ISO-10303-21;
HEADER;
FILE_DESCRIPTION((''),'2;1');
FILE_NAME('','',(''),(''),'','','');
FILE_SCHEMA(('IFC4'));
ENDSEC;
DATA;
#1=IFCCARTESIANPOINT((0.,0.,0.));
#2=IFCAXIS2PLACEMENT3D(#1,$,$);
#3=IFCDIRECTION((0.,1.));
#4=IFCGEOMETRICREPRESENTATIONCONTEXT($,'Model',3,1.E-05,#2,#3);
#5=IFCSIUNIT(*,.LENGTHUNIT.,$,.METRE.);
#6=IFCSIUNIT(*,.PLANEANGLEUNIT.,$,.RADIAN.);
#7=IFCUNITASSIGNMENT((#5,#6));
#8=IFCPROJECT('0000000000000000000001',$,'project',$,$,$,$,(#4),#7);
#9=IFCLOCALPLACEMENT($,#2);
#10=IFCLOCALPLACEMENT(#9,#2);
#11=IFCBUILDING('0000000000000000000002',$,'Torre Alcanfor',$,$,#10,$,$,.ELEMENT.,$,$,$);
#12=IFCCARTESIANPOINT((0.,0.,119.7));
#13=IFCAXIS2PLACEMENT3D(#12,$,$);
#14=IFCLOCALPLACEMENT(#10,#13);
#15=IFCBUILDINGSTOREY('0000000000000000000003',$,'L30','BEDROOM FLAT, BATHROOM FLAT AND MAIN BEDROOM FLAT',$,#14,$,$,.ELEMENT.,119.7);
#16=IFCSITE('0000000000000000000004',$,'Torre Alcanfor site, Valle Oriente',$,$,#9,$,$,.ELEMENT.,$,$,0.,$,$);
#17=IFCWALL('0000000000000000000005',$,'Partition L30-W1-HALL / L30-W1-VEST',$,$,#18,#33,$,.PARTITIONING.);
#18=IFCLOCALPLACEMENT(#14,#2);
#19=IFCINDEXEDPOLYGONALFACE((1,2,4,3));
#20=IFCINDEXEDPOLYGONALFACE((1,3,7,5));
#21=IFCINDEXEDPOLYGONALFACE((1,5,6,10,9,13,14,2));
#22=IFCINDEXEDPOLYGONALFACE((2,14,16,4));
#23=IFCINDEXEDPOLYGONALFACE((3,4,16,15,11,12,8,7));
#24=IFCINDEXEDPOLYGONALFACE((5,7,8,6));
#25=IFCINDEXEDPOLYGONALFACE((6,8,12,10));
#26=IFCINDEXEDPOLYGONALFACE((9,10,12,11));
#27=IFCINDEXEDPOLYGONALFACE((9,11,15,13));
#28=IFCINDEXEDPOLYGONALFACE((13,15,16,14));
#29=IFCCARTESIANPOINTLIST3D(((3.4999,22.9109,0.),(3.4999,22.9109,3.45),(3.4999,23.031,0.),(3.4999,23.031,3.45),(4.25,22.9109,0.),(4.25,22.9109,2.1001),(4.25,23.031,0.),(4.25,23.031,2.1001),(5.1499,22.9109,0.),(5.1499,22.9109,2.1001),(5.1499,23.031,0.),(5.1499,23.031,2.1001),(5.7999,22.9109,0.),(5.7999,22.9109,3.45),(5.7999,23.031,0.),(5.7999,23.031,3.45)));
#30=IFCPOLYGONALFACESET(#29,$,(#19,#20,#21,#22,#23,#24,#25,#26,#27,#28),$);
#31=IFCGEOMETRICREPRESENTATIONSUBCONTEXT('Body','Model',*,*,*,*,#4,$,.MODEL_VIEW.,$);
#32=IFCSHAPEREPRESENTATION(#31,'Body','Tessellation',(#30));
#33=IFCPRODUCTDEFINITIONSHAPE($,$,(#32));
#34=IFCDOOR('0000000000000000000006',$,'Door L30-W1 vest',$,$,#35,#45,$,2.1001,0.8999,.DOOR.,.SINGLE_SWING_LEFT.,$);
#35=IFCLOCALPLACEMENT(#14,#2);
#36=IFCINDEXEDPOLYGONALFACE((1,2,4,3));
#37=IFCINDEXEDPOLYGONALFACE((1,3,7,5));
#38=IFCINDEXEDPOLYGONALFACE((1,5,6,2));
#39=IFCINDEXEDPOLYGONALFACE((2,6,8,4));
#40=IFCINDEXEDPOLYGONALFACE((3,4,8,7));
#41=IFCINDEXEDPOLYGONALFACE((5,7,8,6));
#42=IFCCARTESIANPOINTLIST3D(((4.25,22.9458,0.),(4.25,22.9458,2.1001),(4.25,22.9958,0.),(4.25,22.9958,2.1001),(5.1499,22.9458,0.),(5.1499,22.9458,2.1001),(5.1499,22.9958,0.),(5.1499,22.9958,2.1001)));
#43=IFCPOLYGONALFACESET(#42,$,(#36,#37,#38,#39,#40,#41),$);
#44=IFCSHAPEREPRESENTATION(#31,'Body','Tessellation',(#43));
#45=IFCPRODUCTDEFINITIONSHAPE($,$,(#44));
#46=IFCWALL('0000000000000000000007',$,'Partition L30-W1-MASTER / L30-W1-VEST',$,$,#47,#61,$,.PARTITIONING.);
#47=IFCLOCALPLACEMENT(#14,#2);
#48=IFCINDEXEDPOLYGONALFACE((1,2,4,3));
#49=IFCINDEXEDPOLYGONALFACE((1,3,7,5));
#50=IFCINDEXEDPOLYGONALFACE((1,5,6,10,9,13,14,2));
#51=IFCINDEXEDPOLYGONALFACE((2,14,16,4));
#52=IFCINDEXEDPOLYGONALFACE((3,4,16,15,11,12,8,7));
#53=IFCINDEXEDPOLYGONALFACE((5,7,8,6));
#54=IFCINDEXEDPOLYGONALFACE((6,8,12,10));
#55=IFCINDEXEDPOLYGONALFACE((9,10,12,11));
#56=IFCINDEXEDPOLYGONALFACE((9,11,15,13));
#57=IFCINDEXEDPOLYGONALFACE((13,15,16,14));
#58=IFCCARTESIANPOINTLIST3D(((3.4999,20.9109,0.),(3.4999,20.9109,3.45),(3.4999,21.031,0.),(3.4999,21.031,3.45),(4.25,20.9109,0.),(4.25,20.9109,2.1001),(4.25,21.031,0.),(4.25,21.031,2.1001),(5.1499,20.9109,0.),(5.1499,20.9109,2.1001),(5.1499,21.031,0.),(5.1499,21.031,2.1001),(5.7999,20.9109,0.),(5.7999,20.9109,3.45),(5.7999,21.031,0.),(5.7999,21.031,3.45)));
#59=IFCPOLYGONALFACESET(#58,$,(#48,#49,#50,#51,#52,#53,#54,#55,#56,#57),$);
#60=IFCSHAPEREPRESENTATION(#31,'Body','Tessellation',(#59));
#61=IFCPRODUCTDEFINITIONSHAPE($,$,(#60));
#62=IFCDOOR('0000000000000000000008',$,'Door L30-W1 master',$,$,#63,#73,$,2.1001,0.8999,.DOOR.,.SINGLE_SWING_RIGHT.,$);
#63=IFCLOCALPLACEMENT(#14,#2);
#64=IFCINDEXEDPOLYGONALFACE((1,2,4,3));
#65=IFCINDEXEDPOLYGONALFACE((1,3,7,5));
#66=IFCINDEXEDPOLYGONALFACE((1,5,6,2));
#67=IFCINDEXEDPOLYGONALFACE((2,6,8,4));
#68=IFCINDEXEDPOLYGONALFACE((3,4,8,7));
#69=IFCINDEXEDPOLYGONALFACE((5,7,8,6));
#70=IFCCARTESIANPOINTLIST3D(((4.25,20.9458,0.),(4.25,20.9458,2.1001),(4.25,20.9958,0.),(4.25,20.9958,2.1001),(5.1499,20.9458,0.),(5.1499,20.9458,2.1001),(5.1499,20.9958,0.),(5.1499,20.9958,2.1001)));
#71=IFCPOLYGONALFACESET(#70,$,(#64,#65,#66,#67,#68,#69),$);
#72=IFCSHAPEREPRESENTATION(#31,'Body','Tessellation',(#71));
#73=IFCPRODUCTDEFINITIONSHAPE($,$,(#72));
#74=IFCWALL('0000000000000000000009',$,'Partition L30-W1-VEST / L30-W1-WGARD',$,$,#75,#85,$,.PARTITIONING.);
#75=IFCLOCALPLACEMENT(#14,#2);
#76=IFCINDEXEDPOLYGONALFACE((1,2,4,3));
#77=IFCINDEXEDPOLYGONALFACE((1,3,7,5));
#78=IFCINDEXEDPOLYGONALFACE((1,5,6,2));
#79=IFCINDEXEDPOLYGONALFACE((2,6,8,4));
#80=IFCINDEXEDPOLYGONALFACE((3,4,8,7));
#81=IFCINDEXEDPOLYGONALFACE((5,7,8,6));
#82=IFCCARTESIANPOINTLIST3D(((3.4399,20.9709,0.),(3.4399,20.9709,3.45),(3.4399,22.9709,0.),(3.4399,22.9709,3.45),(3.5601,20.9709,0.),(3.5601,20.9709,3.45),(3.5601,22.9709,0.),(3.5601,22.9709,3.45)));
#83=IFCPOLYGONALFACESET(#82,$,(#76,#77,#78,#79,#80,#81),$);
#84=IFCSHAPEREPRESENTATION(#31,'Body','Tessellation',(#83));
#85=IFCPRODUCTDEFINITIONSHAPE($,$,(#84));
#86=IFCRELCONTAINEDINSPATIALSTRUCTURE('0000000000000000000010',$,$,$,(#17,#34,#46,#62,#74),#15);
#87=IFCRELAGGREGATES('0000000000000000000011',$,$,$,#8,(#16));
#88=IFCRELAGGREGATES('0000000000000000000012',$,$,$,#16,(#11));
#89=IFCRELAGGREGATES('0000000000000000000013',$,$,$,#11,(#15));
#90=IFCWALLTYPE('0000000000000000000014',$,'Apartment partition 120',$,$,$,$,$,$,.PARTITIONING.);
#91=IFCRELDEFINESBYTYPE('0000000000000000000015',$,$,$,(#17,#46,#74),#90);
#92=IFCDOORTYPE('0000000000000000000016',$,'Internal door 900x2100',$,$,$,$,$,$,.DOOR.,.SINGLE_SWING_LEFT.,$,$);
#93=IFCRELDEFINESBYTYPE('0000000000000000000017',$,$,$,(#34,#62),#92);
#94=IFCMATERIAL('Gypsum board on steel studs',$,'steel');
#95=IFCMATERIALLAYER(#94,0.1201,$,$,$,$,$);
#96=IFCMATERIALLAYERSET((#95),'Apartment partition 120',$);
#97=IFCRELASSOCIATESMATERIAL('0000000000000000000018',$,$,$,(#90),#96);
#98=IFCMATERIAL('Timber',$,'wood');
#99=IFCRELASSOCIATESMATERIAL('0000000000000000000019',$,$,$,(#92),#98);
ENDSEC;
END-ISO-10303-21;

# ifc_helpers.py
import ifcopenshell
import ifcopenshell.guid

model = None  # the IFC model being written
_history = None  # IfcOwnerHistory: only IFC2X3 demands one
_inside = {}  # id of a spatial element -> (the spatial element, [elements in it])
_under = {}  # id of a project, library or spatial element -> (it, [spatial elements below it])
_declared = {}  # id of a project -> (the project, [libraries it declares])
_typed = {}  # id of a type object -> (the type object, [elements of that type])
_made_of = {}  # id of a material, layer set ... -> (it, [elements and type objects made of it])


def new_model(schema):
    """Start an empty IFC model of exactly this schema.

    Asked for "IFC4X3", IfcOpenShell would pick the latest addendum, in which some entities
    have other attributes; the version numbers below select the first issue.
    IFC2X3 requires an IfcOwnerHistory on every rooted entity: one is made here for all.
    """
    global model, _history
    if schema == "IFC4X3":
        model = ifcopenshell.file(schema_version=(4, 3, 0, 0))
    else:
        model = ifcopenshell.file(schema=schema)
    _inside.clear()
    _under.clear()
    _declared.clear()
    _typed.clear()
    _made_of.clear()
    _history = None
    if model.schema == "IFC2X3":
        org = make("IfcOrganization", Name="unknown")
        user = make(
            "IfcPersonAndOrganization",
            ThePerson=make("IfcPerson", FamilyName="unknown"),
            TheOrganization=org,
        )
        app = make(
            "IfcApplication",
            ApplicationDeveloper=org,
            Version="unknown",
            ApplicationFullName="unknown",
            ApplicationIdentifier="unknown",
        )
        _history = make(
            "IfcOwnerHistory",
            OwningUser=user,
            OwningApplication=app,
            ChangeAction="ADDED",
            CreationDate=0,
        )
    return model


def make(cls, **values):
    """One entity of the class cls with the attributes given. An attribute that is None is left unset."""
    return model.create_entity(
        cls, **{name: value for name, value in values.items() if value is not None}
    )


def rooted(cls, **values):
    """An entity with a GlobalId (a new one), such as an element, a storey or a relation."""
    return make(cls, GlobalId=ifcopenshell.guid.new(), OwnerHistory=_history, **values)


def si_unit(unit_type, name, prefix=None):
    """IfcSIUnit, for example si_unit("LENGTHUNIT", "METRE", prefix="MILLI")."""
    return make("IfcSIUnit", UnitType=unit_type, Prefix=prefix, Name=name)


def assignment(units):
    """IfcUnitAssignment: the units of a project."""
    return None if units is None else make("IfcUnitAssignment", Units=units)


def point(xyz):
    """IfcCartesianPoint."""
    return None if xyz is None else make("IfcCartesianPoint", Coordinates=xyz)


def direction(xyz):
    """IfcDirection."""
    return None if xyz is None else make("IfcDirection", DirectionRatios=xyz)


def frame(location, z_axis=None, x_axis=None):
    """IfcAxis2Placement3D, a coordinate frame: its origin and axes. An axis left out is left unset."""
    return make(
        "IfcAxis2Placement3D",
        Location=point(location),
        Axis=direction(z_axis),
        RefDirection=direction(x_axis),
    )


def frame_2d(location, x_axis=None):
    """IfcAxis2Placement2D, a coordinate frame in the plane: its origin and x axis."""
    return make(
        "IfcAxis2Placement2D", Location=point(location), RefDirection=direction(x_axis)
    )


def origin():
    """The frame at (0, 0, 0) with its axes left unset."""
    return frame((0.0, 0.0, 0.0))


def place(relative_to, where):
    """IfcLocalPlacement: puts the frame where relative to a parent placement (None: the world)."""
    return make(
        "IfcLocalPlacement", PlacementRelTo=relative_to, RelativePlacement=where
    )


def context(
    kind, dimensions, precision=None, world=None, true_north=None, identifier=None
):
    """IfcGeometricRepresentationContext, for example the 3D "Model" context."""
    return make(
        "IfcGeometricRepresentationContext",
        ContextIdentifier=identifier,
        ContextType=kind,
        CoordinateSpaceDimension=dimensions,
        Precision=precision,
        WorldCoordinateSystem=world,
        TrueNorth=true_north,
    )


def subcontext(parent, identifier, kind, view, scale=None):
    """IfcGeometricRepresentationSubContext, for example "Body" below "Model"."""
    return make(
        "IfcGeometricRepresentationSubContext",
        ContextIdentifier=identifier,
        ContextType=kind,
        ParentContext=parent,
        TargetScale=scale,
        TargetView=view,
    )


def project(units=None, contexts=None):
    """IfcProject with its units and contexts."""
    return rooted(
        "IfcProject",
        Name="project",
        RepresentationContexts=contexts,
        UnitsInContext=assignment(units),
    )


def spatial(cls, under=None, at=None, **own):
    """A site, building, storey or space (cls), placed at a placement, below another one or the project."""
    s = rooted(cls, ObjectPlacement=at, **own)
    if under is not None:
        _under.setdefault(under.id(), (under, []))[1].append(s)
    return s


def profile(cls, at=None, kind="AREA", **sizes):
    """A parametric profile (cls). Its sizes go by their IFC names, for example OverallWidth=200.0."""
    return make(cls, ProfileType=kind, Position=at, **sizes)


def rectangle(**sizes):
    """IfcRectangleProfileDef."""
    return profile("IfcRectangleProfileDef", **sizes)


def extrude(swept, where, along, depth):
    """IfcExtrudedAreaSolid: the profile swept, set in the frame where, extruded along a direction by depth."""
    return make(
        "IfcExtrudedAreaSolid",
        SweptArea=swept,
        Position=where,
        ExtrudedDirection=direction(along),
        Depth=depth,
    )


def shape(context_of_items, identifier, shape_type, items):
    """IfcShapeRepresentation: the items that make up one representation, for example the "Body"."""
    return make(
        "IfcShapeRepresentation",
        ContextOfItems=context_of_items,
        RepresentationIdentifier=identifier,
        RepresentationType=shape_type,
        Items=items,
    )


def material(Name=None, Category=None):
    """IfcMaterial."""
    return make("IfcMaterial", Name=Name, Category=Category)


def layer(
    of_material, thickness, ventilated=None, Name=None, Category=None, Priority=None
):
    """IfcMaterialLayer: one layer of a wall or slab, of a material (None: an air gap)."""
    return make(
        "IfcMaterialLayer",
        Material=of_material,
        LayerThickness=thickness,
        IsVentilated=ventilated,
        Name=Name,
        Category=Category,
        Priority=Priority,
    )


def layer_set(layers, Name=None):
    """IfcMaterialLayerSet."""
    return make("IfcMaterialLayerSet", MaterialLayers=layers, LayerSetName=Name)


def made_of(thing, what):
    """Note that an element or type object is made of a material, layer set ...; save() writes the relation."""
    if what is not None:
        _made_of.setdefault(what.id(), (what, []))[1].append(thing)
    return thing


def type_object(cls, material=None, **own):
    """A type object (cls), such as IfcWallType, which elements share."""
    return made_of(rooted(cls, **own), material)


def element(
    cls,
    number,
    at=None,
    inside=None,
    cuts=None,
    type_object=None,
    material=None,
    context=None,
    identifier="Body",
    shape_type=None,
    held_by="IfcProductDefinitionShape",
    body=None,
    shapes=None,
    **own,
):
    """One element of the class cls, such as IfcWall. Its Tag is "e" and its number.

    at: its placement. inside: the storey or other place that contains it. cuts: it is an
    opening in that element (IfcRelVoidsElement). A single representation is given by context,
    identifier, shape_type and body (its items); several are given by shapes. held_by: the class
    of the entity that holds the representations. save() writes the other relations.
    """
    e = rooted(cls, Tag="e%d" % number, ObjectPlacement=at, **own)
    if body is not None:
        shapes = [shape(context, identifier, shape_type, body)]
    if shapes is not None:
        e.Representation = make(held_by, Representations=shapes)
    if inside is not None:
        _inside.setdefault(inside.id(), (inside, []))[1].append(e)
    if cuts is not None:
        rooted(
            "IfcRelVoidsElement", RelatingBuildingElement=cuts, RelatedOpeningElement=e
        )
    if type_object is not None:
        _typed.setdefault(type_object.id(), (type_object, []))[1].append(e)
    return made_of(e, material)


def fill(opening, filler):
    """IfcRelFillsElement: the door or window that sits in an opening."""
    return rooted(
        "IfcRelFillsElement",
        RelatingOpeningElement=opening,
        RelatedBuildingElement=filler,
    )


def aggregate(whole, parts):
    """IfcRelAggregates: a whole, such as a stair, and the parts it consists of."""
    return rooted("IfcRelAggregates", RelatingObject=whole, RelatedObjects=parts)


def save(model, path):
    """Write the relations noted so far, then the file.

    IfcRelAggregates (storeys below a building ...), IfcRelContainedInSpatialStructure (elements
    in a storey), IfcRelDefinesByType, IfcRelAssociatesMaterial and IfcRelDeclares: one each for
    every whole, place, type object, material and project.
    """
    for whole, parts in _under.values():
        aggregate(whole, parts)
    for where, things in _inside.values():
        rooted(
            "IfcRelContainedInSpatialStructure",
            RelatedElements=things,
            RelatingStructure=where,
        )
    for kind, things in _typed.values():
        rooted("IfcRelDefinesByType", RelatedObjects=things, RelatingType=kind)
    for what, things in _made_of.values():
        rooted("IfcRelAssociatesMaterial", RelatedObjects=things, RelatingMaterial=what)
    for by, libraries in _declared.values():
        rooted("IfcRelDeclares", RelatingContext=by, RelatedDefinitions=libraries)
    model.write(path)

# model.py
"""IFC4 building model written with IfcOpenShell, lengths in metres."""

from ifc_helpers import new_model, si_unit, direction, frame, frame_2d, origin, place, context, subcontext, project, spatial, rectangle, extrude, material, layer, layer_set, type_object, element, fill, save


model = new_model("IFC4")

# Units and contexts
model_context = context("Model", 3, precision=1e-05, world=origin(), true_north=direction((0.0, 1.0)))
body_context = subcontext(model_context, "Body", "Model", "MODEL_VIEW")
ifc_project = project(units=[si_unit("LENGTHUNIT", "METRE"), si_unit("PLANEANGLEUNIT", "RADIAN")], contexts=[model_context])

# Site, building, storey
site_placement = place(None, origin())
site = spatial("IfcSite", under=ifc_project, at=site_placement, Name="Torre Alcanfor site, Valle Oriente", CompositionType="ELEMENT", RefElevation=0.0)
building_placement = place(site_placement, origin())
building = spatial("IfcBuilding", under=site, at=building_placement, Name="Torre Alcanfor", CompositionType="ELEMENT")
storey_placement = place(building_placement, frame((0.0, 0.0, 119.7)))
storey = spatial("IfcBuildingStorey", under=building, at=storey_placement, Name="L30", Description="BEDROOM FLAT, BATHROOM FLAT AND MAIN BEDROOM FLAT", CompositionType="ELEMENT", Elevation=119.7)

# Shared definitions
ifc_material_1 = material(Name="Gypsum board on steel studs", Category="steel")
ifc_layer_1 = layer(ifc_material_1, 0.1201)
ifc_layer_set_1 = layer_set([ifc_layer_1], Name="Apartment partition 120")
wall_type = type_object("IfcWallType", Name="Apartment partition 120", PredefinedType="PARTITIONING", material=ifc_layer_set_1)
ifc_material_2 = material(Name="Timber", Category="wood")
door_type = type_object("IfcDoorType", Name="Internal door 900x2100", OperationType="SINGLE_SWING_LEFT", PredefinedType="DOOR", material=ifc_material_2)

# Walls, openings, doors
wall_1_placement = place(storey_placement, frame((3.5, 22.9709, 0.0), z_axis=(0.0, 0.0, 1.0), x_axis=(1.0, 0.0, 0.0)))
wall_1 = element("IfcWall", 1, at=wall_1_placement, inside=storey, type_object=wall_type, Name="Partition L30-W1-HALL / L30-W1-VEST", PredefinedType="PARTITIONING", context=body_context, shape_type="SweptSolid", body=[
    extrude(rectangle(XDim=2.3, YDim=0.1201, at=frame_2d((1.1499, 0.0))), origin(), (0.0, 0.0, 1.0), 3.45),
])
opening_1_placement = place(wall_1_placement, frame((0.75, 0.0, 0.0)))
opening_1 = element("IfcOpeningElement", 2, at=opening_1_placement, cuts=wall_1, PredefinedType="OPENING", context=body_context, shape_type="SweptSolid", body=[
    extrude(rectangle(XDim=0.8999, YDim=2.1001, at=frame_2d((0.45, 1.05))), frame((0.0, 0.0701, 0.0), z_axis=(0.0, -1.0, 0.0), x_axis=(1.0, 0.0, 0.0)), (0.0, 0.0, 1.0), 0.1401),
])
door_1_placement = place(opening_1_placement, frame((0.8999, 0.0, 0.0), z_axis=(0.0, 0.0, 1.0), x_axis=(-1.0, 0.0, 0.0)))
door_1 = element("IfcDoor", 3, at=door_1_placement, inside=storey, type_object=door_type, Name="Door L30-W1 vest", OperationType="SINGLE_SWING_LEFT", OverallHeight=2.1001, OverallWidth=0.8999, PredefinedType="DOOR", context=body_context, shape_type="SweptSolid", body=[
    extrude(rectangle(XDim=0.8999, YDim=2.1001, at=frame_2d((0.45, 1.05))), frame((0.0, 0.0251, 0.0), z_axis=(0.0, -1.0, 0.0), x_axis=(1.0, 0.0, 0.0)), (0.0, 0.0, 1.0), 0.05),
])
fill(opening_1, door_1)
wall_2_placement = place(storey_placement, frame((3.5, 20.9709, 0.0), z_axis=(0.0, 0.0, 1.0), x_axis=(1.0, 0.0, 0.0)))
wall_2 = element("IfcWall", 4, at=wall_2_placement, inside=storey, type_object=wall_type, Name="Partition L30-W1-MASTER / L30-W1-VEST", PredefinedType="PARTITIONING", context=body_context, shape_type="SweptSolid", body=[
    extrude(rectangle(XDim=2.3, YDim=0.1201, at=frame_2d((1.1499, 0.0))), origin(), (0.0, 0.0, 1.0), 3.45),
])
opening_2_placement = place(wall_2_placement, frame((0.75, 0.0, 0.0)))
opening_2 = element("IfcOpeningElement", 5, at=opening_2_placement, cuts=wall_2, PredefinedType="OPENING", context=body_context, shape_type="SweptSolid", body=[
    extrude(rectangle(XDim=0.8999, YDim=2.1001, at=frame_2d((0.45, 1.05))), frame((0.0, 0.0701, 0.0), z_axis=(0.0, -1.0, 0.0), x_axis=(1.0, 0.0, 0.0)), (0.0, 0.0, 1.0), 0.1401),
])
door_2_placement = place(opening_2_placement, origin())
door_2 = element("IfcDoor", 6, at=door_2_placement, inside=storey, type_object=door_type, Name="Door L30-W1 master", OperationType="SINGLE_SWING_RIGHT", OverallHeight=2.1001, OverallWidth=0.8999, PredefinedType="DOOR", context=body_context, shape_type="SweptSolid", body=[
    extrude(rectangle(XDim=0.8999, YDim=2.1001, at=frame_2d((0.45, 1.05))), frame((0.0, 0.0249, 0.0), z_axis=(0.0, -1.0, 0.0), x_axis=(1.0, 0.0, 0.0)), (0.0, 0.0, 1.0), 0.05),
])
fill(opening_2, door_2)

# Wall
wall_3_placement = place(storey_placement, frame((3.5, 22.9709, 0.0), z_axis=(0.0, 0.0, 1.0), x_axis=(0.0, -1.0, 0.0)))
element("IfcWall", 7, at=wall_3_placement, inside=storey, type_object=wall_type, Name="Partition L30-W1-VEST / L30-W1-WGARD", PredefinedType="PARTITIONING", context=body_context, shape_type="SweptSolid", body=[
    extrude(rectangle(XDim=2.0, YDim=0.1201, at=frame_2d((1.0, 0.0))), origin(), (0.0, 0.0, 1.0), 3.45),
])

save(model, "model.ifc")
